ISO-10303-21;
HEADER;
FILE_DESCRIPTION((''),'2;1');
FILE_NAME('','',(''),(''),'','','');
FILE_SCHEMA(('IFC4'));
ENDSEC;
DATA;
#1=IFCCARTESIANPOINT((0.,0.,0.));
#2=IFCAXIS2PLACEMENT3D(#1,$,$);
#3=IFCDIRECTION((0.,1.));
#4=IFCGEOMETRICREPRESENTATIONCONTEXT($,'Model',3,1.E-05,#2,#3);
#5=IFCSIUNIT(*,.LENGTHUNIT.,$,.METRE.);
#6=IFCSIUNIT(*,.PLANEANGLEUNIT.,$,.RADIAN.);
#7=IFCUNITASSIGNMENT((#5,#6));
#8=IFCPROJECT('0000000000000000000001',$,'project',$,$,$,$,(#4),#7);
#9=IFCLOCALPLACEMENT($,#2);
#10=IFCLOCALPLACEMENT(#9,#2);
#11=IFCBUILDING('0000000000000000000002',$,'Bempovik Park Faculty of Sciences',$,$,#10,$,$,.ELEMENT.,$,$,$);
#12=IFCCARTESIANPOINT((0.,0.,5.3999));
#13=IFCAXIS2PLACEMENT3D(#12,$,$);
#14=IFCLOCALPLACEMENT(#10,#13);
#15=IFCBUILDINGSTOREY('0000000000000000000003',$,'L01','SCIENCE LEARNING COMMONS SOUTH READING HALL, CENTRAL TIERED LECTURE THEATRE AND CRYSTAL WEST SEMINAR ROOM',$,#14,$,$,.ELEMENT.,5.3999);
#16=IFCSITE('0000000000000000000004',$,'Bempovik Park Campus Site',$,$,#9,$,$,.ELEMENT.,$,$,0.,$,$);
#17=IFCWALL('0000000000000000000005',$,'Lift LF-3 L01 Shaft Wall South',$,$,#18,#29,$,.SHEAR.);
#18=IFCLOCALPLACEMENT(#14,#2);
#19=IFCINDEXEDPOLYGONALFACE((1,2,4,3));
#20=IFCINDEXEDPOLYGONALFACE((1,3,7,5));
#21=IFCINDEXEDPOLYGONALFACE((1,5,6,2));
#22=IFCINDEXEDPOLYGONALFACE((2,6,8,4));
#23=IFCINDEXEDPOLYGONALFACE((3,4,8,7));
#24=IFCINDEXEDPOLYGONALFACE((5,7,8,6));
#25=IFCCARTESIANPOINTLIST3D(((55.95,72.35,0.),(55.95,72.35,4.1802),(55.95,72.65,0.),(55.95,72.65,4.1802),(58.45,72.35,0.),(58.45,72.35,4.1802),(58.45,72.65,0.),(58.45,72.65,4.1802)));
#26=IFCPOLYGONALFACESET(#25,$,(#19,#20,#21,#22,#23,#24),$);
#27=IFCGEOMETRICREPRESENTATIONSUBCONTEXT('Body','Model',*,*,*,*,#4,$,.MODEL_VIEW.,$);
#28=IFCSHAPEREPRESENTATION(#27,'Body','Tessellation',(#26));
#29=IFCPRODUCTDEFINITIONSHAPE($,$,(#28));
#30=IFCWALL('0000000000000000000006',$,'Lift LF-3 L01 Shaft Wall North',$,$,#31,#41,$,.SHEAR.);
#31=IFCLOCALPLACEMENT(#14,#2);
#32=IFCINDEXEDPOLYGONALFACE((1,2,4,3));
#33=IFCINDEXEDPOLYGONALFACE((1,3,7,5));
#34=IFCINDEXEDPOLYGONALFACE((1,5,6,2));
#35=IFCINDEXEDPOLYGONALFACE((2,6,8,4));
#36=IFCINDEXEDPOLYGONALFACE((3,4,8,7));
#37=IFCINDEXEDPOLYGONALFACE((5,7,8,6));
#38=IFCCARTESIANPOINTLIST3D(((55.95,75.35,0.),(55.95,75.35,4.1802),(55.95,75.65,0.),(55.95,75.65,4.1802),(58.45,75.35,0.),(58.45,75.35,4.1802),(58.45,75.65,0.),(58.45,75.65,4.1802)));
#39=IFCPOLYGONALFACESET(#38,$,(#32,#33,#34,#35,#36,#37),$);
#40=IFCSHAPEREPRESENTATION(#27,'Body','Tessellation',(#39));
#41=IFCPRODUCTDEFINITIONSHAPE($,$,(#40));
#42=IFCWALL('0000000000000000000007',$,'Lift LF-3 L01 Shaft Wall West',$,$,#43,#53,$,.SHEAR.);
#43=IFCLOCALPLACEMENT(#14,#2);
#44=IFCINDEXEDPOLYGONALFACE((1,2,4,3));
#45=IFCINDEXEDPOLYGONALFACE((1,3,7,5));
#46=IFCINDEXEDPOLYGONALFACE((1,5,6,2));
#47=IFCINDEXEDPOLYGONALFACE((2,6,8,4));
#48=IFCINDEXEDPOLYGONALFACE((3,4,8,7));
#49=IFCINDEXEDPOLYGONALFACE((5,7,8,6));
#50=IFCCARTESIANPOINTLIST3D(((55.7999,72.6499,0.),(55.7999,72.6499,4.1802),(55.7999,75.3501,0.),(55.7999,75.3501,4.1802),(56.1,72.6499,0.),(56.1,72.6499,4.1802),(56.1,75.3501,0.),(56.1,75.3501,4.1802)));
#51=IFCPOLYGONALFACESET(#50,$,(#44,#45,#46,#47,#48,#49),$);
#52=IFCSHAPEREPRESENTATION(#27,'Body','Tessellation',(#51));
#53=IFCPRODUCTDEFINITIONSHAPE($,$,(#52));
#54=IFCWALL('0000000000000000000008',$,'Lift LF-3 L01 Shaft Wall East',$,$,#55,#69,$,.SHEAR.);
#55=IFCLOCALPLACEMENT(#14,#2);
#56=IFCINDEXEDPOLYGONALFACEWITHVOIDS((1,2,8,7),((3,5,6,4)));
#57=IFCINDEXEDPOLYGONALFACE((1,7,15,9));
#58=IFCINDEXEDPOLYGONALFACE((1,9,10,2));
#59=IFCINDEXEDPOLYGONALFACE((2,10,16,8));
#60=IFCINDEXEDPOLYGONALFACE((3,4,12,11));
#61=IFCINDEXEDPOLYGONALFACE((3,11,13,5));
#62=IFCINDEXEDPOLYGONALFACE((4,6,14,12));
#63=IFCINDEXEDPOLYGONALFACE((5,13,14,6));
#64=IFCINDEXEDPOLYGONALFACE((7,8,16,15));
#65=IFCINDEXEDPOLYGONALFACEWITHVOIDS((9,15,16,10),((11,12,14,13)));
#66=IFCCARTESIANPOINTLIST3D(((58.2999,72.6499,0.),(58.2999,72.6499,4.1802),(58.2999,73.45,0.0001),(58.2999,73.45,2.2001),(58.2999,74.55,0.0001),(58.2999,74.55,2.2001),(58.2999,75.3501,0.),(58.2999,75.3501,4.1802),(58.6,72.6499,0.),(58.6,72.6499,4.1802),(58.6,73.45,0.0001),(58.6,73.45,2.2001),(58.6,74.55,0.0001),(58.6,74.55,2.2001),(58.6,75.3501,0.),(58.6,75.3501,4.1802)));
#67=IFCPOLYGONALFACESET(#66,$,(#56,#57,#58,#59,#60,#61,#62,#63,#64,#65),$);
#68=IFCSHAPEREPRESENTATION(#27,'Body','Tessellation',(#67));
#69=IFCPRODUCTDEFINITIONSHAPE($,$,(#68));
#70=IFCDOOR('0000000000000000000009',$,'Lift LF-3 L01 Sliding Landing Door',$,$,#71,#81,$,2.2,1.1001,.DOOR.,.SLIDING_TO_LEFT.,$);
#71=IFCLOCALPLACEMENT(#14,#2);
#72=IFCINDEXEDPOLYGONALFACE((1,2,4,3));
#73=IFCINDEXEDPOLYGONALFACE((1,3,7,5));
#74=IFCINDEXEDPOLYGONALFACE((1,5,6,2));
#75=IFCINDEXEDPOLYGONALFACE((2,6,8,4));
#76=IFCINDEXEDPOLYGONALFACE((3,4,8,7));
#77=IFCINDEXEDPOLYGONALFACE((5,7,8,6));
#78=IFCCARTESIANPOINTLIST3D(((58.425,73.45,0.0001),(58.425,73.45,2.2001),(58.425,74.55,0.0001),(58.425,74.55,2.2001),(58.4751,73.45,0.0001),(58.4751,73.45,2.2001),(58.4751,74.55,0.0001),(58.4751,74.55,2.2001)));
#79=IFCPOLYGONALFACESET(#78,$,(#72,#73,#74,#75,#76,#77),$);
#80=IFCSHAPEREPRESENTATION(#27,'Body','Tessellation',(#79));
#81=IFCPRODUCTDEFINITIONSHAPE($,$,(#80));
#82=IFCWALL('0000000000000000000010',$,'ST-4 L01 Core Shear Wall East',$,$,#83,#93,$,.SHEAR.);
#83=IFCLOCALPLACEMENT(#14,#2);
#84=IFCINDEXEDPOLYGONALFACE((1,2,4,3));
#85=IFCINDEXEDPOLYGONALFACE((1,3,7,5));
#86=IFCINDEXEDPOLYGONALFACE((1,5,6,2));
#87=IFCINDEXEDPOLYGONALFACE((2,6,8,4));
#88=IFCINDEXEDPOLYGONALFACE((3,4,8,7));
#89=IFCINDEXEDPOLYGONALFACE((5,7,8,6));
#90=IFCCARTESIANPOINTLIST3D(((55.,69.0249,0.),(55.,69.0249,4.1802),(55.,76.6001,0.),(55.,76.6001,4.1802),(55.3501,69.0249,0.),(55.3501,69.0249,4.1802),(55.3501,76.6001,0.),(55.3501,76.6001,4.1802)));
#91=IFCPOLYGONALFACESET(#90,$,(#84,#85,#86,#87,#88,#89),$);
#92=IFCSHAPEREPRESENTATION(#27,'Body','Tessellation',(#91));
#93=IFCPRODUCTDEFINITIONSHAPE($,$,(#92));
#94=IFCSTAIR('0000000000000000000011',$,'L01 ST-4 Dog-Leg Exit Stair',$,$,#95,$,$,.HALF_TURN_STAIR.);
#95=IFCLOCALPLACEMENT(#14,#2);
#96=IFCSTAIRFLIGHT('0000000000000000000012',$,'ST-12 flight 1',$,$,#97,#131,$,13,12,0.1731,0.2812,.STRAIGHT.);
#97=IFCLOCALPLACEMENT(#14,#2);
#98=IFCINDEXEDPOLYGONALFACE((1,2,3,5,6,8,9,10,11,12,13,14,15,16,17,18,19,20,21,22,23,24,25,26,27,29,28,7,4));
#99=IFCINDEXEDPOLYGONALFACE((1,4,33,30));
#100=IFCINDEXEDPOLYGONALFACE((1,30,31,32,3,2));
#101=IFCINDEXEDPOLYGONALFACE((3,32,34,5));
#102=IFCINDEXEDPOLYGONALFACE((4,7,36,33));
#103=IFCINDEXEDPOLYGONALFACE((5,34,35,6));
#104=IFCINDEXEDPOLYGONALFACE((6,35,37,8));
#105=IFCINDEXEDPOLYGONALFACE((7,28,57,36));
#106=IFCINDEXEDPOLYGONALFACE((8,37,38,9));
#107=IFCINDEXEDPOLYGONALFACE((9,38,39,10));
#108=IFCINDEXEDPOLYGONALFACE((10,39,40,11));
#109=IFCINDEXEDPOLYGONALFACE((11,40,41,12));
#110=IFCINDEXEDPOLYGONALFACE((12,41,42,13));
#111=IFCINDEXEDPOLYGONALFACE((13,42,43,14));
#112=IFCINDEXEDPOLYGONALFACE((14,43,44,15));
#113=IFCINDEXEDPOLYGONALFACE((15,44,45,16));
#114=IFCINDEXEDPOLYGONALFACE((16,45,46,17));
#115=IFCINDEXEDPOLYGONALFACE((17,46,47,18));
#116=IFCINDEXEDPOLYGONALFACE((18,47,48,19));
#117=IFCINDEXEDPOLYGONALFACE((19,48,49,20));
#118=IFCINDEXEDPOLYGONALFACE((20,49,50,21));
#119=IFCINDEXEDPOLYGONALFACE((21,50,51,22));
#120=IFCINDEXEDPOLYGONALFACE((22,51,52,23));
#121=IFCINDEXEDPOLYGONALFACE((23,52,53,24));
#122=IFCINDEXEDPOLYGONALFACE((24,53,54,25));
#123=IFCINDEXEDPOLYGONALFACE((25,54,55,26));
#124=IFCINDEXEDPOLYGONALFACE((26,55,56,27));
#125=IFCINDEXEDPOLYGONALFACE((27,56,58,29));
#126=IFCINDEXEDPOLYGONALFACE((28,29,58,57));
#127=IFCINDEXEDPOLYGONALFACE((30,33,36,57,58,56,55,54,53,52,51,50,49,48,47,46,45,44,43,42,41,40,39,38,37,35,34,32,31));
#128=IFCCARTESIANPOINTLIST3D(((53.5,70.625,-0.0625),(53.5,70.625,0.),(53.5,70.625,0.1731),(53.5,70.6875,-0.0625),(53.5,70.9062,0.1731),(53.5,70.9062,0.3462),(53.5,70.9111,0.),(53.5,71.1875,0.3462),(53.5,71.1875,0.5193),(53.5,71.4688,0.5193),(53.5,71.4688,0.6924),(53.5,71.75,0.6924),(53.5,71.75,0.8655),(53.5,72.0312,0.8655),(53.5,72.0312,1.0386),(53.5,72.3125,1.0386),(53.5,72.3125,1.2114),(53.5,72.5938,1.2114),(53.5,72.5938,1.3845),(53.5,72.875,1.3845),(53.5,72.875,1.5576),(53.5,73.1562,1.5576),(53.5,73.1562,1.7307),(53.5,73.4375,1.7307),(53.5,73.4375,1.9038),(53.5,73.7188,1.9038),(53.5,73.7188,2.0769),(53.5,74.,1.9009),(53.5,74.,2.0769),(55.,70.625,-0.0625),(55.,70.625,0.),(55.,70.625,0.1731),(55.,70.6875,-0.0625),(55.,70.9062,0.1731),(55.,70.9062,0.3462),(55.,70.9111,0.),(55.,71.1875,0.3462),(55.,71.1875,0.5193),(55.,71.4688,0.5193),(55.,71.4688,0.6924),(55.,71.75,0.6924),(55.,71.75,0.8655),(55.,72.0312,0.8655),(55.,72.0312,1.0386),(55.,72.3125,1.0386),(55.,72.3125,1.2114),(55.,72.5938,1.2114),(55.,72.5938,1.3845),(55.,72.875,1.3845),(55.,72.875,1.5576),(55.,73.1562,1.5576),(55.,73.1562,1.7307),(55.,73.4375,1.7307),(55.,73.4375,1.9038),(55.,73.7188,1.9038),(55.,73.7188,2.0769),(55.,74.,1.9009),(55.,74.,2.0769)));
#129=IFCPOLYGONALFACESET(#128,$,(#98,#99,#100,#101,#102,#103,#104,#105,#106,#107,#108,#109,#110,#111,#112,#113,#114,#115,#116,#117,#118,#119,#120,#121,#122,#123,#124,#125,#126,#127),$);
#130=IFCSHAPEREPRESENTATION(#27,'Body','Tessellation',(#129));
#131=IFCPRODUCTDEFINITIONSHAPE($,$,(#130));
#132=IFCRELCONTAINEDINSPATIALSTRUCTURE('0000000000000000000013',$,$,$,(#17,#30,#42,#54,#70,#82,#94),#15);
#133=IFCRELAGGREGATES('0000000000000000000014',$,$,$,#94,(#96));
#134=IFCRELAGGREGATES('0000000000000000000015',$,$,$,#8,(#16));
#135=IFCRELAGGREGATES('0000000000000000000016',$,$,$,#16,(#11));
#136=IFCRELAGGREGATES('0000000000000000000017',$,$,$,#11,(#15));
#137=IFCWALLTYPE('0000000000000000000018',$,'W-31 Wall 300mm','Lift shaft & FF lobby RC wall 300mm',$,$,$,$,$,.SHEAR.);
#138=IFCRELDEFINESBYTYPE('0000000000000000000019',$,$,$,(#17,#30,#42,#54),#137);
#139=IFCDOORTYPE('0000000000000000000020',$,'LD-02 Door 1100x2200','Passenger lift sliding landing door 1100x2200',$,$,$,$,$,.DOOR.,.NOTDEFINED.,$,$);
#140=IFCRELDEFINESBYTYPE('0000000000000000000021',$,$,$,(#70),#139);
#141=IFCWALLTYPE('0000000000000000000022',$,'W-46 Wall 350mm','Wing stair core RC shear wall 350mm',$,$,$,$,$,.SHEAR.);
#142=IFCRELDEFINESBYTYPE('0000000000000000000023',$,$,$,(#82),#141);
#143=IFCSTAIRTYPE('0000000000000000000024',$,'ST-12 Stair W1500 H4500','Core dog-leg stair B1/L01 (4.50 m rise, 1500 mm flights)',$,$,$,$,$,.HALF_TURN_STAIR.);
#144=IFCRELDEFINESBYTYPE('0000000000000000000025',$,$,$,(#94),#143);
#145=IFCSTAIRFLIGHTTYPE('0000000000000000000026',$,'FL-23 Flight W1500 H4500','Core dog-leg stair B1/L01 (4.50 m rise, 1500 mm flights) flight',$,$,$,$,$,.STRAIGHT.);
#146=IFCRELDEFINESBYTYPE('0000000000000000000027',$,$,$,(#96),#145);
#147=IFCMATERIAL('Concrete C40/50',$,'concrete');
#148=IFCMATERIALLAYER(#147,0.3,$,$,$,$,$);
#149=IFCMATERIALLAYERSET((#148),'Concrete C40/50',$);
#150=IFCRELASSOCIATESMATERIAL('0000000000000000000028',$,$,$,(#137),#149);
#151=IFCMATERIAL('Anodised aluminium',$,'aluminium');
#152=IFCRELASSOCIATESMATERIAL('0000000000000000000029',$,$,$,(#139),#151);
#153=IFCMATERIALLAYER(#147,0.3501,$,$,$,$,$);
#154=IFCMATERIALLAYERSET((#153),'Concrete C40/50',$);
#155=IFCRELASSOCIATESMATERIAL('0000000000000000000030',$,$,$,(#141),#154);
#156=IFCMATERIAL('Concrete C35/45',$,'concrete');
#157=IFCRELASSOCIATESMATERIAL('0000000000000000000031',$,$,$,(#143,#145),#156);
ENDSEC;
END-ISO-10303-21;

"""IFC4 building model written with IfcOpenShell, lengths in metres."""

from ifc_helpers import new_model, si_unit, direction, frame, frame_2d, origin, place, context, subcontext, project, spatial, polyline, rectangle, outline, extrude, material, layer, layer_set, type_object, element, fill, aggregate, save


model = new_model("IFC4")

# Units and contexts
model_context = context("Model", 3, precision=1e-05, world=origin(), true_north=direction((0.0, 1.0)))
body_context = subcontext(model_context, "Body", "Model", "MODEL_VIEW")
ifc_project = project(units=[si_unit("LENGTHUNIT", "METRE"), si_unit("PLANEANGLEUNIT", "RADIAN")], contexts=[model_context])

# Site, building, storey
site_placement = place(None, origin())
site = spatial("IfcSite", under=ifc_project, at=site_placement, Name="Bempovik Park Campus Site", CompositionType="ELEMENT", RefElevation=0.0)
building_placement = place(site_placement, origin())
building = spatial("IfcBuilding", under=site, at=building_placement, Name="Bempovik Park Faculty of Sciences", CompositionType="ELEMENT")
storey_placement = place(building_placement, frame((0.0, 0.0, 5.3999)))
storey = spatial("IfcBuildingStorey", under=building, at=storey_placement, Name="L01", Description="SCIENCE LEARNING COMMONS SOUTH READING HALL, CENTRAL TIERED LECTURE THEATRE AND CRYSTAL WEST SEMINAR ROOM", CompositionType="ELEMENT", Elevation=5.3999)

# Walls
ifc_material_1 = material(Name="Concrete C40/50", Category="concrete")
ifc_layer_1 = layer(ifc_material_1, 0.3)
ifc_layer_set_1 = layer_set([ifc_layer_1], Name="Concrete C40/50")
wall_type_1 = type_object("IfcWallType", Name="W-31 Wall 300mm", Description="Lift shaft & FF lobby RC wall 300mm", PredefinedType="SHEAR", material=ifc_layer_set_1)
for number, where, z_axis, x_axis, name in (
    (1, (55.95, 72.5, 0.0), (0.0, 0.0, 1.0), (1.0, 0.0, 0.0), "Lift LF-3 L01 Shaft Wall South"),
    (2, (55.95, 75.5, 0.0), (0.0, 0.0, 1.0), (1.0, 0.0, 0.0), "Lift LF-3 L01 Shaft Wall North"),
):
    element("IfcWall", number, at=place(storey_placement, frame(where, z_axis=z_axis, x_axis=x_axis)), inside=storey, type_object=wall_type_1, Name=name, PredefinedType="SHEAR", context=body_context, shape_type="SweptSolid", body=[
        extrude(rectangle(XDim=2.5, YDim=0.3, at=frame_2d((1.25, 0.0))), origin(), (0.0, 0.0, 1.0), 4.1802),
    ])
wall_1_placement = place(storey_placement, frame((55.95, 72.6499, 0.0), z_axis=(0.0, 0.0, 1.0), x_axis=(0.0, 1.0, 0.0)))
element("IfcWall", 3, at=wall_1_placement, inside=storey, type_object=wall_type_1, Name="Lift LF-3 L01 Shaft Wall West", PredefinedType="SHEAR", context=body_context, shape_type="SweptSolid", body=[
    extrude(rectangle(XDim=2.7002, YDim=0.3, at=frame_2d((1.3501, 0.0))), origin(), (0.0, 0.0, 1.0), 4.1802),
])

# Wall, opening, door
wall_2_placement = place(storey_placement, frame((58.45, 72.6499, 0.0), z_axis=(0.0, 0.0, 1.0), x_axis=(0.0, 1.0, 0.0)))
wall_2 = element("IfcWall", 4, at=wall_2_placement, inside=storey, type_object=wall_type_1, Name="Lift LF-3 L01 Shaft Wall East", PredefinedType="SHEAR", context=body_context, shape_type="SweptSolid", body=[
    extrude(rectangle(XDim=2.7002, YDim=0.3, at=frame_2d((1.3501, 0.0))), origin(), (0.0, 0.0, 1.0), 4.1802),
])
opening_placement = place(wall_2_placement, frame((0.8, 0.0, 0.0)))
opening = element("IfcOpeningElement", 5, at=opening_placement, cuts=wall_2, PredefinedType="OPENING", context=body_context, shape_type="SweptSolid", body=[
    extrude(rectangle(XDim=1.1001, YDim=2.2, at=frame_2d((0.55, 1.1001))), frame((0.0, 0.1602, 0.0), z_axis=(0.0, -1.0, 0.0), x_axis=(1.0, 0.0, 0.0)), (0.0, 0.0, 1.0), 0.3201),
])
ifc_material_2 = material(Name="Anodised aluminium", Category="aluminium")
door_type = type_object("IfcDoorType", Name="LD-02 Door 1100x2200", Description="Passenger lift sliding landing door 1100x2200", OperationType="NOTDEFINED", PredefinedType="DOOR", material=ifc_material_2)
door_placement = place(opening_placement, origin())
door = element("IfcDoor", 6, at=door_placement, inside=storey, type_object=door_type, Name="Lift LF-3 L01 Sliding Landing Door", OperationType="SLIDING_TO_LEFT", OverallHeight=2.2, OverallWidth=1.1001, PredefinedType="DOOR", context=body_context, shape_type="SweptSolid", body=[
    extrude(rectangle(XDim=1.1001, YDim=2.2, at=frame_2d((0.55, 1.1001))), frame((0.0, 0.0249, 0.0), z_axis=(0.0, -1.0, 0.0), x_axis=(1.0, 0.0, 0.0)), (0.0, 0.0, 1.0), 0.05),
])
fill(opening, door)

# Wall
ifc_layer_2 = layer(ifc_material_1, 0.3501)
ifc_layer_set_2 = layer_set([ifc_layer_2], Name="Concrete C40/50")
wall_type_2 = type_object("IfcWallType", Name="W-46 Wall 350mm", Description="Wing stair core RC shear wall 350mm", PredefinedType="SHEAR", material=ifc_layer_set_2)
wall_3_placement = place(storey_placement, frame((55.175, 69.0249, 0.0), z_axis=(0.0, 0.0, 1.0), x_axis=(0.0, 1.0, 0.0)))
element("IfcWall", 7, at=wall_3_placement, inside=storey, type_object=wall_type_2, Name="ST-4 L01 Core Shear Wall East", PredefinedType="SHEAR", context=body_context, shape_type="SweptSolid", body=[
    extrude(rectangle(XDim=7.5752, YDim=0.3501, at=frame_2d((3.7876, 0.0))), origin(), (0.0, 0.0, 1.0), 4.1802),
])

# Stair, stair flight
ifc_material_3 = material(Name="Concrete C35/45", Category="concrete")
stair_type = type_object("IfcStairType", Name="ST-12 Stair W1500 H4500", Description="Core dog-leg stair B1/L01 (4.50 m rise, 1500 mm flights)", PredefinedType="HALF_TURN_STAIR", material=ifc_material_3)
stair_placement = place(storey_placement, origin())
stair = element("IfcStair", 8, at=stair_placement, inside=storey, type_object=stair_type, Name="L01 ST-4 Dog-Leg Exit Stair", PredefinedType="HALF_TURN_STAIR")
stair_flight_type = type_object("IfcStairFlightType", Name="FL-23 Flight W1500 H4500", Description="Core dog-leg stair B1/L01 (4.50 m rise, 1500 mm flights) flight", PredefinedType="STRAIGHT", material=ifc_material_3)
stair_flight_placement = place(storey_placement, frame((54.25, 70.625, 0.0), z_axis=(0.0, 0.0, 1.0), x_axis=(0.0, 1.0, 0.0)))
stair_flight = element("IfcStairFlight", 9, at=stair_flight_placement, type_object=stair_flight_type, Name="ST-12 flight 1", NumberOfRisers=13, NumberOfTreads=12, PredefinedType="STRAIGHT", RiserHeight=0.1731, TreadLength=0.2812, context=body_context, shape_type="SweptSolid", body=[
    extrude(outline(polyline([(0.0, 0.0), (0.0, 0.1731), (0.2812, 0.1731), (0.2812, 0.3462), (0.5625, 0.3462), (0.5625, 0.5193), (0.8438, 0.5193), (0.8438, 0.6924), (1.125, 0.6924), (1.125, 0.8655), (1.4062, 0.8655), (1.4062, 1.0386), (1.6875, 1.0386), (1.6875, 1.2114), (1.9688, 1.2114), (1.9688, 1.3845), (2.25, 1.3845), (2.25, 1.5576), (2.5312, 1.5576), (2.5312, 1.7307), (2.8125, 1.7307), (2.8125, 1.9038), (3.0938, 1.9038), (3.0938, 2.0769), (3.375, 2.0769), (3.375, 2.25), (3.375, 1.9009), (0.2861, 0.0), (0.0625, -0.0625), (0.0, -0.0625), (0.0, 0.0)])), frame((0.0, 0.75, 0.0), z_axis=(0.0, -1.0, 0.0), x_axis=(1.0, 0.0, 0.0)), (0.0, 0.0, 1.0), 1.5),
])
aggregate(stair, [stair_flight])

save(model, "model.ifc")
